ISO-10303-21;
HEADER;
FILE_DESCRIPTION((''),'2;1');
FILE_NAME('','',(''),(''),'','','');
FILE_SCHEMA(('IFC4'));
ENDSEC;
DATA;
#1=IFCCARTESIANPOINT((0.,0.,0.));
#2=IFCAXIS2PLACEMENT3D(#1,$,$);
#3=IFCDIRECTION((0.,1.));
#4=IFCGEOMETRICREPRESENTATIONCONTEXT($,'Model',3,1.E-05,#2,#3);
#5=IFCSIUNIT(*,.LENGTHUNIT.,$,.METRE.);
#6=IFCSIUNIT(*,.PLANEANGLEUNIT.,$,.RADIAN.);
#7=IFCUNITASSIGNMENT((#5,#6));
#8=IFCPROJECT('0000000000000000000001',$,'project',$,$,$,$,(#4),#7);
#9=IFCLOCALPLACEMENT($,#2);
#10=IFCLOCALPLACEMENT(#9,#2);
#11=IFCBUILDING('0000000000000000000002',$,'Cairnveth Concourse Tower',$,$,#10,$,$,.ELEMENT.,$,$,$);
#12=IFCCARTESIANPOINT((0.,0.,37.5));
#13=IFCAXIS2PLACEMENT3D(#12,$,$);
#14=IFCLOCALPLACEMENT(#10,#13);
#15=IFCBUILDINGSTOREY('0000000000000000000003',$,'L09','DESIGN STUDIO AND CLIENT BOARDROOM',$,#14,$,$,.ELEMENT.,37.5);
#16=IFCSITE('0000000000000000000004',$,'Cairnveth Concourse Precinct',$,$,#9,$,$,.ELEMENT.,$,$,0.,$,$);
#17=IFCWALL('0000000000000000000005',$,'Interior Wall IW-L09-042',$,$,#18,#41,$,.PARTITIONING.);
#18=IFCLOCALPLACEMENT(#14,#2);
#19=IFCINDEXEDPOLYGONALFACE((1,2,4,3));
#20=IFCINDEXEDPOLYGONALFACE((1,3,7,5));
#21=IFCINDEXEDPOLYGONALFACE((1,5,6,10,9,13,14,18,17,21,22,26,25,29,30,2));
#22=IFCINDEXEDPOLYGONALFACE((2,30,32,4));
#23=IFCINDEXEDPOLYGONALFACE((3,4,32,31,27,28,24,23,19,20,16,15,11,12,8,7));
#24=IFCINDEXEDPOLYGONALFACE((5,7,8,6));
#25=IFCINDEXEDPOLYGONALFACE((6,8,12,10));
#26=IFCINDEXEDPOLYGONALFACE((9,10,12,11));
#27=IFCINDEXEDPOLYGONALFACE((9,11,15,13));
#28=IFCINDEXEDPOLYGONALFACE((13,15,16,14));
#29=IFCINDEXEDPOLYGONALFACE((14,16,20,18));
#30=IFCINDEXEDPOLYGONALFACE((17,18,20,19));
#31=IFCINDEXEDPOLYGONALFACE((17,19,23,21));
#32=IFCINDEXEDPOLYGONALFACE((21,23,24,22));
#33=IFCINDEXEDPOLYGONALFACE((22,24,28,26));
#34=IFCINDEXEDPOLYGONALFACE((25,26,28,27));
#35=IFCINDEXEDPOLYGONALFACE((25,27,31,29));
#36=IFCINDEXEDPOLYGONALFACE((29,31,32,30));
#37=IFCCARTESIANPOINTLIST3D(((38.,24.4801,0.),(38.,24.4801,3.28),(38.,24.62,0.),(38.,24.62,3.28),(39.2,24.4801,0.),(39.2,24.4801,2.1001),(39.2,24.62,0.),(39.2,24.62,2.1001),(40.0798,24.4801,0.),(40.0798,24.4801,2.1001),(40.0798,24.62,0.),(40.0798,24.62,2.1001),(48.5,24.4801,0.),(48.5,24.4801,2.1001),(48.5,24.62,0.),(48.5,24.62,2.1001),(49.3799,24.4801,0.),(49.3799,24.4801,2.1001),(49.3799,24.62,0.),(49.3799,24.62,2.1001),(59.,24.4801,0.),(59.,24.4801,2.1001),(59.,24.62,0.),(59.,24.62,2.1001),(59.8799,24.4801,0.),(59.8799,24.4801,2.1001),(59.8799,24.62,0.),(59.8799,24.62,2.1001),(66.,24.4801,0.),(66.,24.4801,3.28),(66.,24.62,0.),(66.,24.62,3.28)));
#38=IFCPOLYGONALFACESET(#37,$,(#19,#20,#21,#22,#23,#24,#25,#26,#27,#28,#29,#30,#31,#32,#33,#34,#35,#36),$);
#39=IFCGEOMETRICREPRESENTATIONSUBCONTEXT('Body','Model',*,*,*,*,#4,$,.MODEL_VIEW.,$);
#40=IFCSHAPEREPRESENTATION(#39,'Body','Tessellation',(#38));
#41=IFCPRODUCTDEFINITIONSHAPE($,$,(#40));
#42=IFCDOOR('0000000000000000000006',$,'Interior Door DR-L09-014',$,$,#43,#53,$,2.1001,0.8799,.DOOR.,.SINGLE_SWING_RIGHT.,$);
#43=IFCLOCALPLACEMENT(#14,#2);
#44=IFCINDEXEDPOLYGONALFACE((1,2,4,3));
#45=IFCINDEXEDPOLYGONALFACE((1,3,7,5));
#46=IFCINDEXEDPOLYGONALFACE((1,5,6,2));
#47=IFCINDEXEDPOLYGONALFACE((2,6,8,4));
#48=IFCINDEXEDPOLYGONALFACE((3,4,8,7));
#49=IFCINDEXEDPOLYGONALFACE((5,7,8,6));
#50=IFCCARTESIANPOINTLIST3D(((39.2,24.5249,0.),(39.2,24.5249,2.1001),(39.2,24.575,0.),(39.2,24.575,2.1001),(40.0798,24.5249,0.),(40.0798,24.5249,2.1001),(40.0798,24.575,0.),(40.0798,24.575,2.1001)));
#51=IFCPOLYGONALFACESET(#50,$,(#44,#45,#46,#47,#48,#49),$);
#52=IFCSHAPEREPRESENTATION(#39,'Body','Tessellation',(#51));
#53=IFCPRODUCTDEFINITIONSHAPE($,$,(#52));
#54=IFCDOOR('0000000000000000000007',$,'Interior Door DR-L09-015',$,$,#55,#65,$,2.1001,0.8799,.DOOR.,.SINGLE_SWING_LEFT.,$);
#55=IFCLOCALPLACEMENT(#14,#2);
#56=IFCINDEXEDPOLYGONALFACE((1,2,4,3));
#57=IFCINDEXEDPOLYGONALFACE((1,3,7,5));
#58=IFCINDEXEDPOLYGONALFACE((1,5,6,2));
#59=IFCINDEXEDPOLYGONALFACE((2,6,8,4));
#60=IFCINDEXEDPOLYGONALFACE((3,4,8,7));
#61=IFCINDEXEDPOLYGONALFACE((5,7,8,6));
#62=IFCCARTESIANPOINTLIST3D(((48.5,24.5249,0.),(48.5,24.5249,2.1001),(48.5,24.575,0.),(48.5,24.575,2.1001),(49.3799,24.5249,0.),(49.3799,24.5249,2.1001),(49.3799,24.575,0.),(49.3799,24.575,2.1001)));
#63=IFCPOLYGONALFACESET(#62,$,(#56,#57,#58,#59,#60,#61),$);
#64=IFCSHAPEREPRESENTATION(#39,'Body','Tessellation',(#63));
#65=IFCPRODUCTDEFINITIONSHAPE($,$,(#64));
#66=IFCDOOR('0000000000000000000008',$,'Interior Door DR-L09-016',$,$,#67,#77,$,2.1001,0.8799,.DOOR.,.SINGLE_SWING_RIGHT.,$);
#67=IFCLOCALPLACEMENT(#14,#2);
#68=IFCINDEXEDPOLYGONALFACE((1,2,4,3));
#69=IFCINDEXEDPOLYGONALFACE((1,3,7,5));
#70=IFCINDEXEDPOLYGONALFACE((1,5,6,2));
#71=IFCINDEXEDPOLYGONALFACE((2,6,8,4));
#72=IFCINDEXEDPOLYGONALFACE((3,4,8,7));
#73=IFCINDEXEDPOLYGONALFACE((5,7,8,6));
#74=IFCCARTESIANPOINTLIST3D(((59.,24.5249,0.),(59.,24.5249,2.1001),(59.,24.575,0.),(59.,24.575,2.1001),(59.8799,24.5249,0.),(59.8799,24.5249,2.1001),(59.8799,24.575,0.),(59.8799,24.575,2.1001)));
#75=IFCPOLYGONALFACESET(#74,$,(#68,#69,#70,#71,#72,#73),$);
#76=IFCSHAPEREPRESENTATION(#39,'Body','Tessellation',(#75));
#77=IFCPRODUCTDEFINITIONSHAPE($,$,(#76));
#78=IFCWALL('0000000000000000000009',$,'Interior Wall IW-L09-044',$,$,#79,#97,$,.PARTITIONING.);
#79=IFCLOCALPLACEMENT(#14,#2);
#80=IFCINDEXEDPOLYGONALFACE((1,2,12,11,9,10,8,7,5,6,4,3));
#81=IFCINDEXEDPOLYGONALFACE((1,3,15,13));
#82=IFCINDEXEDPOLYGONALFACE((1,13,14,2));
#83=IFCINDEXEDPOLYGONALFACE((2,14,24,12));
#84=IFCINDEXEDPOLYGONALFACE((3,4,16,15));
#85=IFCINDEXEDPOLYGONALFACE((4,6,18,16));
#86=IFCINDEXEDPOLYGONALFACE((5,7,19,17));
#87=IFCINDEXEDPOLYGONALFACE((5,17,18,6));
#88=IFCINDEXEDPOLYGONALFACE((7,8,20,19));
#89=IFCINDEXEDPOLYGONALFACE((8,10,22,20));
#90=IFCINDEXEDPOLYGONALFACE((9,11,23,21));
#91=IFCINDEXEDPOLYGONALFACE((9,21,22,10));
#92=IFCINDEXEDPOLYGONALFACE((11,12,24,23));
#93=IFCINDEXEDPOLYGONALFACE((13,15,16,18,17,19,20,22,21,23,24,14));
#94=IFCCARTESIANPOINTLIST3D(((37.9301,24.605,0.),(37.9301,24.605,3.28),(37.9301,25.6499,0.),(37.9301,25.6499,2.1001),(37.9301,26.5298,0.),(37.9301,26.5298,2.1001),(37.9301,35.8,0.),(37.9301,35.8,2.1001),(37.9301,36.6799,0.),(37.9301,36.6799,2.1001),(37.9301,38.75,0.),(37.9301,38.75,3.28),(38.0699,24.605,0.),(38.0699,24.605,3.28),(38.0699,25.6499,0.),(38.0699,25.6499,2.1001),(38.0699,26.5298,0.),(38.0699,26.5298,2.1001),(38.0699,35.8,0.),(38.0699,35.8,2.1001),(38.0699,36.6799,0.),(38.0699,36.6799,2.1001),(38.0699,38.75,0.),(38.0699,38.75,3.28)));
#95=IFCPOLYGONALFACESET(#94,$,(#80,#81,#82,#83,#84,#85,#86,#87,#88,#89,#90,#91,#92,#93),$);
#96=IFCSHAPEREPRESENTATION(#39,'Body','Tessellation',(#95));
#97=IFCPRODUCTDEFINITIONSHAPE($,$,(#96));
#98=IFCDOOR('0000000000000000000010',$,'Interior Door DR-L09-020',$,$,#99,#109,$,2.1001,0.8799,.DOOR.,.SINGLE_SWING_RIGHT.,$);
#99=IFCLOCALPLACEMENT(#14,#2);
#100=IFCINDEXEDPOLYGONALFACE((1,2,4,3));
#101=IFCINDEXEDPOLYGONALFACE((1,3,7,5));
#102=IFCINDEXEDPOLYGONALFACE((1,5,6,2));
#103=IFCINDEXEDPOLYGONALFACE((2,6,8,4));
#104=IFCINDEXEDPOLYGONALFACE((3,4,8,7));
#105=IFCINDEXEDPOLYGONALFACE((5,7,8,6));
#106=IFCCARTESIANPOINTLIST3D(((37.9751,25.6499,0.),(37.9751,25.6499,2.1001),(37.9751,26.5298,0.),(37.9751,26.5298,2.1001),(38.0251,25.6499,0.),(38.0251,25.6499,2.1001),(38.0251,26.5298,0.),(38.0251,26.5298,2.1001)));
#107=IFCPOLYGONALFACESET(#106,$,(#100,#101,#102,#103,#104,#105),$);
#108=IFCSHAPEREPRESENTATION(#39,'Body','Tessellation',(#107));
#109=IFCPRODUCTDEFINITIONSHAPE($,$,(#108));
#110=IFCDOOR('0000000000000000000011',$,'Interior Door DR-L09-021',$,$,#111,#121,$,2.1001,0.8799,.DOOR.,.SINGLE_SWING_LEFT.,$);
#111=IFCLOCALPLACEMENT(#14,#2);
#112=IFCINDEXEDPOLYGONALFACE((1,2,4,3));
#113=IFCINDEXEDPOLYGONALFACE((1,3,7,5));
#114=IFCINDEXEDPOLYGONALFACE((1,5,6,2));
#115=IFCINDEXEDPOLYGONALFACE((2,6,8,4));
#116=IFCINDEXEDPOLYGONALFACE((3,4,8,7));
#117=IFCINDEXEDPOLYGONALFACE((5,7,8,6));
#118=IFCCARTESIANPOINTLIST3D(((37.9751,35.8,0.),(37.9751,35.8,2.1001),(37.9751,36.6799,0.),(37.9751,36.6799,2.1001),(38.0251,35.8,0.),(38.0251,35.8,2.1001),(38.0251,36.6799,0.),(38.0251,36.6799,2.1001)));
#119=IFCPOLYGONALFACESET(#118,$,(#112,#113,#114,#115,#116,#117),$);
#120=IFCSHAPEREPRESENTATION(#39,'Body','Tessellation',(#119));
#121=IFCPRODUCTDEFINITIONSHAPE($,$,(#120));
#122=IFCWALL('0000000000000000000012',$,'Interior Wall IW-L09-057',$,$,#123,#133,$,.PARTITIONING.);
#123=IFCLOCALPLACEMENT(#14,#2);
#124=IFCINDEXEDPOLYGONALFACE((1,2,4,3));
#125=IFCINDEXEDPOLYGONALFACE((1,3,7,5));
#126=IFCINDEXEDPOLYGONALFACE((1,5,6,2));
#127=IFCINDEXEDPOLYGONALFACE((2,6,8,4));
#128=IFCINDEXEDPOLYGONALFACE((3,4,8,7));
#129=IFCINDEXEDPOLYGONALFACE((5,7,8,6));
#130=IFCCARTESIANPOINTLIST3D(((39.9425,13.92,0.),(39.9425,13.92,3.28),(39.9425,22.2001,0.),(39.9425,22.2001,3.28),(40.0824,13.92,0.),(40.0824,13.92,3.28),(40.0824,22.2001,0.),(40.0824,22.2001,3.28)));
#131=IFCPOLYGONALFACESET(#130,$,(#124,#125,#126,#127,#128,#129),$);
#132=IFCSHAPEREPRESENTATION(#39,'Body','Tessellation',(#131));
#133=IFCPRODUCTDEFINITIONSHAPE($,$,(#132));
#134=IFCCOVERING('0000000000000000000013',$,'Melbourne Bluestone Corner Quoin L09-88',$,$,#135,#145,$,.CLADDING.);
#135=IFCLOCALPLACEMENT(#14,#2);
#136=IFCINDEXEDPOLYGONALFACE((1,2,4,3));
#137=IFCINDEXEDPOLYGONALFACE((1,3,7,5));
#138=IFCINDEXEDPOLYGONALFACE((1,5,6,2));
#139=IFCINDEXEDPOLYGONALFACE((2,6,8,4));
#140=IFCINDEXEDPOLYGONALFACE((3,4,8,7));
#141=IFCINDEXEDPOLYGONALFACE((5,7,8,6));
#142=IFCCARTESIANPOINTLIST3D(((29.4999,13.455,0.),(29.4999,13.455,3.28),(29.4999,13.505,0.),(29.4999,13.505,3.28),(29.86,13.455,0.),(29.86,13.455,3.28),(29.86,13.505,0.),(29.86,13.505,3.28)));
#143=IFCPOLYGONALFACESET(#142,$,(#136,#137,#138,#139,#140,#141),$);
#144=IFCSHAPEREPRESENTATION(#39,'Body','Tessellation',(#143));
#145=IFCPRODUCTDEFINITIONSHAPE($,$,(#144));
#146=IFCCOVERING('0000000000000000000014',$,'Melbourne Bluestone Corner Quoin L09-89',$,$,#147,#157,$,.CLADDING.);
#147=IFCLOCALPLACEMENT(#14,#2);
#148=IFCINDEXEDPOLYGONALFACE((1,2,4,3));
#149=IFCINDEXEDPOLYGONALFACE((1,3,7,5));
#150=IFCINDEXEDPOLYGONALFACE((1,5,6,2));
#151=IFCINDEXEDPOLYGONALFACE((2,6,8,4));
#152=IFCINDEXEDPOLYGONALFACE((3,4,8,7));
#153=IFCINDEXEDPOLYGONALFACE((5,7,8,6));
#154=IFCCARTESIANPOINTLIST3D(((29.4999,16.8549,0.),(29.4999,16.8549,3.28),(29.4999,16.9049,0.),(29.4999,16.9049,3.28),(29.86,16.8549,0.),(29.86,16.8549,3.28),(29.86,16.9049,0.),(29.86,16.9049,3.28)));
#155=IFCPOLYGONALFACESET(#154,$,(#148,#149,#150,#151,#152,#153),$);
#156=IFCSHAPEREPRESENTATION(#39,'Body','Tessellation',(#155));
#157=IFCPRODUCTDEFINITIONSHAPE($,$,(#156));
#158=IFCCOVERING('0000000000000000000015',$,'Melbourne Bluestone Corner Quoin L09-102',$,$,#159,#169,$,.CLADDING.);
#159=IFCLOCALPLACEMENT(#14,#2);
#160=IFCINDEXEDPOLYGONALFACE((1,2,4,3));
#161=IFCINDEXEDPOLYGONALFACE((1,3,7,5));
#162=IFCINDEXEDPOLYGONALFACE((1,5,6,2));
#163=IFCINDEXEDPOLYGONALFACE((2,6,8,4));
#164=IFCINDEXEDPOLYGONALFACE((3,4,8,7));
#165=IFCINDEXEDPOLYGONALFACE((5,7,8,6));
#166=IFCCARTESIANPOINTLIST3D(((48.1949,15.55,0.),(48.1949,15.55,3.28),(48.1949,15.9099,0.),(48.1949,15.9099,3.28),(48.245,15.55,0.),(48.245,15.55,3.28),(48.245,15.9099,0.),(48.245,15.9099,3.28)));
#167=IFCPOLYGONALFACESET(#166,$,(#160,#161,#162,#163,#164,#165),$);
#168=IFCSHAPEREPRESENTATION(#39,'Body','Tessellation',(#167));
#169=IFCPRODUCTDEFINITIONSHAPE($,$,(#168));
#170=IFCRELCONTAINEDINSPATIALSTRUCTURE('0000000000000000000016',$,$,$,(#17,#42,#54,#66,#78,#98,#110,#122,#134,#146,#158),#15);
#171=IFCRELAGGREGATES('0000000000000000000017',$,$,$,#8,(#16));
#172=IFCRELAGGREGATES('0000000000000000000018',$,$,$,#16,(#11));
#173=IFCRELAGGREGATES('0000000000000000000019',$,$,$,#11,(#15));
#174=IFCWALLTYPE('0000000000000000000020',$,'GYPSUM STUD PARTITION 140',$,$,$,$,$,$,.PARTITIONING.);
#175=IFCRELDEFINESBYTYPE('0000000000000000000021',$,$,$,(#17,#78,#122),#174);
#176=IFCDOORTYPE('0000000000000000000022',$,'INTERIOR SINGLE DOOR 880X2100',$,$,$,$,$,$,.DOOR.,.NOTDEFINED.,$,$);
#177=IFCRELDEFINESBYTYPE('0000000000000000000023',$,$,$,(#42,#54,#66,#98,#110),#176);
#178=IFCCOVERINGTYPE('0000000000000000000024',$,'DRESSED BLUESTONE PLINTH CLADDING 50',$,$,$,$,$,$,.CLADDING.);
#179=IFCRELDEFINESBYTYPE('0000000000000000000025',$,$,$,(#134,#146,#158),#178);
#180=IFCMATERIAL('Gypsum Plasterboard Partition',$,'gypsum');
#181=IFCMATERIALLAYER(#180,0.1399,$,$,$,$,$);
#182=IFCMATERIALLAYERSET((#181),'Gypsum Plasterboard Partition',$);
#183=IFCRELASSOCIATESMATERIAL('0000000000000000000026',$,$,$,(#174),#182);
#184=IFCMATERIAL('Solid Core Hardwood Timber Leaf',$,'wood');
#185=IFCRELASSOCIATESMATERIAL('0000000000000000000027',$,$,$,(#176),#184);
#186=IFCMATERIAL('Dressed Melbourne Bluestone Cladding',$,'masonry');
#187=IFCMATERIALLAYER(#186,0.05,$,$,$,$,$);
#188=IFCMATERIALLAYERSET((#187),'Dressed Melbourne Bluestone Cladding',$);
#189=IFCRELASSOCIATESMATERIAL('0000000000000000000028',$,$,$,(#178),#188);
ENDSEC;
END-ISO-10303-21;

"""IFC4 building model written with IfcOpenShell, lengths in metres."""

from ifc_helpers import new_model, si_unit, direction, frame, frame_2d, origin, place, context, subcontext, project, spatial, rectangle, extrude, material, layer, layer_set, type_object, element, fill, save


model = new_model("IFC4")

# Units and contexts
model_context = context("Model", 3, precision=1e-05, world=origin(), true_north=direction((0.0, 1.0)))
body_context = subcontext(model_context, "Body", "Model", "MODEL_VIEW")
ifc_project = project(units=[si_unit("LENGTHUNIT", "METRE"), si_unit("PLANEANGLEUNIT", "RADIAN")], contexts=[model_context])

# Site, building, storey
site_placement = place(None, origin())
site = spatial("IfcSite", under=ifc_project, at=site_placement, Name="Cairnveth Concourse Precinct", CompositionType="ELEMENT", RefElevation=0.0)
building_placement = place(site_placement, origin())
building = spatial("IfcBuilding", under=site, at=building_placement, Name="Cairnveth Concourse Tower", CompositionType="ELEMENT")
storey_placement = place(building_placement, frame((0.0, 0.0, 37.5)))
storey = spatial("IfcBuildingStorey", under=building, at=storey_placement, Name="L09", Description="DESIGN STUDIO AND CLIENT BOARDROOM", CompositionType="ELEMENT", Elevation=37.5)

# Walls, openings, doors
ifc_material_1 = material(Name="Gypsum Plasterboard Partition", Category="gypsum")
ifc_layer_1 = layer(ifc_material_1, 0.1399)
ifc_layer_set_1 = layer_set([ifc_layer_1], Name="Gypsum Plasterboard Partition")
wall_type = type_object("IfcWallType", Name="GYPSUM STUD PARTITION 140", PredefinedType="PARTITIONING", material=ifc_layer_set_1)
ifc_material_2 = material(Name="Solid Core Hardwood Timber Leaf", Category="wood")
wall_1_placement = place(storey_placement, frame((38.0, 24.55, 0.0), z_axis=(0.0, 0.0, 1.0), x_axis=(1.0, 0.0, 0.0)))
wall_1 = element("IfcWall", 1, at=wall_1_placement, inside=storey, type_object=wall_type, Name="Interior Wall IW-L09-042", PredefinedType="PARTITIONING", context=body_context, shape_type="SweptSolid", body=[
    extrude(rectangle(XDim=28.0, YDim=0.1399, at=frame_2d((14.0, 0.0))), origin(), (0.0, 0.0, 1.0), 3.28),
])
opening_1_placement = place(wall_1_placement, frame((1.2, 0.0, 0.0)))
opening_1 = element("IfcOpeningElement", 2, at=opening_1_placement, cuts=wall_1, PredefinedType="OPENING", context=body_context, shape_type="SweptSolid", body=[
    extrude(rectangle(XDim=0.8799, YDim=2.1001, at=frame_2d((0.4399, 1.05))), frame((0.0, 0.0798, 0.0), z_axis=(0.0, -1.0, 0.0), x_axis=(1.0, 0.0, 0.0)), (0.0, 0.0, 1.0), 0.1599),
])
opening_2_placement = place(wall_1_placement, frame((10.5, 0.0, 0.0)))
opening_2 = element("IfcOpeningElement", 3, at=opening_2_placement, cuts=wall_1, PredefinedType="OPENING", context=body_context, shape_type="SweptSolid", body=[
    extrude(rectangle(XDim=0.8799, YDim=2.1001, at=frame_2d((0.4399, 1.05))), frame((0.0, 0.0798, 0.0), z_axis=(0.0, -1.0, 0.0), x_axis=(1.0, 0.0, 0.0)), (0.0, 0.0, 1.0), 0.1599),
])
opening_3_placement = place(wall_1_placement, frame((21.0, 0.0, 0.0)))
opening_3 = element("IfcOpeningElement", 4, at=opening_3_placement, cuts=wall_1, PredefinedType="OPENING", context=body_context, shape_type="SweptSolid", body=[
    extrude(rectangle(XDim=0.8799, YDim=2.1001, at=frame_2d((0.4399, 1.05))), frame((0.0, 0.0798, 0.0), z_axis=(0.0, -1.0, 0.0), x_axis=(1.0, 0.0, 0.0)), (0.0, 0.0, 1.0), 0.1599),
])
door_type_1 = type_object("IfcDoorType", Name="INTERIOR SINGLE DOOR 880X2100", OperationType="NOTDEFINED", PredefinedType="DOOR", material=ifc_material_2)
door_1_placement = place(opening_1_placement, origin())
door_1 = element("IfcDoor", 5, at=door_1_placement, inside=storey, type_object=door_type_1, Name="Interior Door DR-L09-014", OperationType="SINGLE_SWING_RIGHT", OverallHeight=2.1001, OverallWidth=0.8799, PredefinedType="DOOR", context=body_context, shape_type="SweptSolid", body=[
    extrude(rectangle(XDim=0.8799, YDim=2.1001, at=frame_2d((0.4399, 1.05))), frame((0.0, 0.0249, 0.0), z_axis=(0.0, -1.0, 0.0), x_axis=(1.0, 0.0, 0.0)), (0.0, 0.0, 1.0), 0.05),
])
fill(opening_1, door_1)
door_2_placement = place(opening_2_placement, origin())
door_2 = element("IfcDoor", 6, at=door_2_placement, inside=storey, type_object=door_type_1, Name="Interior Door DR-L09-015", OperationType="SINGLE_SWING_LEFT", OverallHeight=2.1001, OverallWidth=0.8799, PredefinedType="DOOR", context=body_context, shape_type="SweptSolid", body=[
    extrude(rectangle(XDim=0.8799, YDim=2.1001, at=frame_2d((0.4399, 1.05))), frame((0.0, 0.0249, 0.0), z_axis=(0.0, -1.0, 0.0), x_axis=(1.0, 0.0, 0.0)), (0.0, 0.0, 1.0), 0.05),
])
fill(opening_2, door_2)
door_3_placement = place(opening_3_placement, origin())
door_3 = element("IfcDoor", 7, at=door_3_placement, inside=storey, type_object=door_type_1, Name="Interior Door DR-L09-016", OperationType="SINGLE_SWING_RIGHT", OverallHeight=2.1001, OverallWidth=0.8799, PredefinedType="DOOR", context=body_context, shape_type="SweptSolid", body=[
    extrude(rectangle(XDim=0.8799, YDim=2.1001, at=frame_2d((0.4399, 1.05))), frame((0.0, 0.0249, 0.0), z_axis=(0.0, -1.0, 0.0), x_axis=(1.0, 0.0, 0.0)), (0.0, 0.0, 1.0), 0.05),
])
fill(opening_3, door_3)
wall_2_placement = place(storey_placement, frame((38.0, 24.605, 0.0), z_axis=(0.0, 0.0, 1.0), x_axis=(0.0, 1.0, 0.0)))
wall_2 = element("IfcWall", 8, at=wall_2_placement, inside=storey, type_object=wall_type, Name="Interior Wall IW-L09-044", PredefinedType="PARTITIONING", context=body_context, shape_type="SweptSolid", body=[
    extrude(rectangle(XDim=14.145, YDim=0.1399, at=frame_2d((7.0725, 0.0))), origin(), (0.0, 0.0, 1.0), 3.28),
])
opening_4_placement = place(wall_2_placement, frame((1.0449, 0.0, 0.0)))
opening_4 = element("IfcOpeningElement", 9, at=opening_4_placement, cuts=wall_2, PredefinedType="OPENING", context=body_context, shape_type="SweptSolid", body=[
    extrude(rectangle(XDim=0.8799, YDim=2.1001, at=frame_2d((0.4399, 1.05))), frame((0.0, 0.0798, 0.0), z_axis=(0.0, -1.0, 0.0), x_axis=(1.0, 0.0, 0.0)), (0.0, 0.0, 1.0), 0.1599),
])
opening_5_placement = place(wall_2_placement, frame((11.1951, 0.0, 0.0)))
opening_5 = element("IfcOpeningElement", 10, at=opening_5_placement, cuts=wall_2, PredefinedType="OPENING", context=body_context, shape_type="SweptSolid", body=[
    extrude(rectangle(XDim=0.8799, YDim=2.1001, at=frame_2d((0.4399, 1.05))), frame((0.0, 0.0798, 0.0), z_axis=(0.0, -1.0, 0.0), x_axis=(1.0, 0.0, 0.0)), (0.0, 0.0, 1.0), 0.1599),
])
door_4_placement = place(opening_4_placement, origin())
door_4 = element("IfcDoor", 11, at=door_4_placement, inside=storey, type_object=door_type_1, Name="Interior Door DR-L09-020", OperationType="SINGLE_SWING_RIGHT", OverallHeight=2.1001, OverallWidth=0.8799, PredefinedType="DOOR", context=body_context, shape_type="SweptSolid", body=[
    extrude(rectangle(XDim=0.8799, YDim=2.1001, at=frame_2d((0.4399, 1.05))), frame((0.0, 0.0249, 0.0), z_axis=(0.0, -1.0, 0.0), x_axis=(1.0, 0.0, 0.0)), (0.0, 0.0, 1.0), 0.05),
])
fill(opening_4, door_4)
door_5_placement = place(opening_5_placement, origin())
door_5 = element("IfcDoor", 12, at=door_5_placement, inside=storey, type_object=door_type_1, Name="Interior Door DR-L09-021", OperationType="SINGLE_SWING_LEFT", OverallHeight=2.1001, OverallWidth=0.8799, PredefinedType="DOOR", context=body_context, shape_type="SweptSolid", body=[
    extrude(rectangle(XDim=0.8799, YDim=2.1001, at=frame_2d((0.4399, 1.05))), frame((0.0, 0.0249, 0.0), z_axis=(0.0, -1.0, 0.0), x_axis=(1.0, 0.0, 0.0)), (0.0, 0.0, 1.0), 0.05),
])
fill(opening_5, door_5)

# Wall
wall_3_placement = place(storey_placement, frame((40.0125, 13.9199, 0.0), z_axis=(0.0, 0.0, 1.0), x_axis=(0.0, 1.0, 0.0)))
element("IfcWall", 13, at=wall_3_placement, inside=storey, type_object=wall_type, Name="Interior Wall IW-L09-057", PredefinedType="PARTITIONING", context=body_context, shape_type="SweptSolid", body=[
    extrude(rectangle(XDim=8.28, YDim=0.1399, at=frame_2d((4.1401, 0.0))), origin(), (0.0, 0.0, 1.0), 3.28),
])

# Coverings
ifc_material_3 = material(Name="Dressed Melbourne Bluestone Cladding", Category="masonry")
ifc_layer_2 = layer(ifc_material_3, 0.05)
ifc_layer_set_2 = layer_set([ifc_layer_2], Name="Dressed Melbourne Bluestone Cladding")
covering_type = type_object("IfcCoveringType", Name="DRESSED BLUESTONE PLINTH CLADDING 50", PredefinedType="CLADDING", material=ifc_layer_set_2)
for number, where, z_axis, x_axis, name in (
    (14, (29.8601, 13.48, 0.0), (0.0, 0.0, 1.0), (-1.0, 0.0, 0.0), "Melbourne Bluestone Corner Quoin L09-88"),
    (15, (29.8601, 16.8799, 0.0), (0.0, 0.0, 1.0), (-1.0, 0.0, 0.0), "Melbourne Bluestone Corner Quoin L09-89"),
):
    element("IfcCovering", number, at=place(storey_placement, frame(where, z_axis=z_axis, x_axis=x_axis)), inside=storey, type_object=covering_type, Name=name, PredefinedType="CLADDING", context=body_context, shape_type="SweptSolid", body=[
        extrude(rectangle(XDim=0.3601, YDim=0.05, at=frame_2d((0.1802, 0.0))), origin(), (0.0, 0.0, 1.0), 3.28),
    ])
covering_placement = place(storey_placement, frame((48.22, 15.9099, 0.0), z_axis=(0.0, 0.0, 1.0), x_axis=(0.0, -1.0, 0.0)))
element("IfcCovering", 16, at=covering_placement, inside=storey, type_object=covering_type, Name="Melbourne Bluestone Corner Quoin L09-102", PredefinedType="CLADDING", context=body_context, shape_type="SweptSolid", body=[
    extrude(rectangle(XDim=0.3599, YDim=0.05, at=frame_2d((0.1799, 0.0))), origin(), (0.0, 0.0, 1.0), 3.28),
])

save(model, "model.ifc")
